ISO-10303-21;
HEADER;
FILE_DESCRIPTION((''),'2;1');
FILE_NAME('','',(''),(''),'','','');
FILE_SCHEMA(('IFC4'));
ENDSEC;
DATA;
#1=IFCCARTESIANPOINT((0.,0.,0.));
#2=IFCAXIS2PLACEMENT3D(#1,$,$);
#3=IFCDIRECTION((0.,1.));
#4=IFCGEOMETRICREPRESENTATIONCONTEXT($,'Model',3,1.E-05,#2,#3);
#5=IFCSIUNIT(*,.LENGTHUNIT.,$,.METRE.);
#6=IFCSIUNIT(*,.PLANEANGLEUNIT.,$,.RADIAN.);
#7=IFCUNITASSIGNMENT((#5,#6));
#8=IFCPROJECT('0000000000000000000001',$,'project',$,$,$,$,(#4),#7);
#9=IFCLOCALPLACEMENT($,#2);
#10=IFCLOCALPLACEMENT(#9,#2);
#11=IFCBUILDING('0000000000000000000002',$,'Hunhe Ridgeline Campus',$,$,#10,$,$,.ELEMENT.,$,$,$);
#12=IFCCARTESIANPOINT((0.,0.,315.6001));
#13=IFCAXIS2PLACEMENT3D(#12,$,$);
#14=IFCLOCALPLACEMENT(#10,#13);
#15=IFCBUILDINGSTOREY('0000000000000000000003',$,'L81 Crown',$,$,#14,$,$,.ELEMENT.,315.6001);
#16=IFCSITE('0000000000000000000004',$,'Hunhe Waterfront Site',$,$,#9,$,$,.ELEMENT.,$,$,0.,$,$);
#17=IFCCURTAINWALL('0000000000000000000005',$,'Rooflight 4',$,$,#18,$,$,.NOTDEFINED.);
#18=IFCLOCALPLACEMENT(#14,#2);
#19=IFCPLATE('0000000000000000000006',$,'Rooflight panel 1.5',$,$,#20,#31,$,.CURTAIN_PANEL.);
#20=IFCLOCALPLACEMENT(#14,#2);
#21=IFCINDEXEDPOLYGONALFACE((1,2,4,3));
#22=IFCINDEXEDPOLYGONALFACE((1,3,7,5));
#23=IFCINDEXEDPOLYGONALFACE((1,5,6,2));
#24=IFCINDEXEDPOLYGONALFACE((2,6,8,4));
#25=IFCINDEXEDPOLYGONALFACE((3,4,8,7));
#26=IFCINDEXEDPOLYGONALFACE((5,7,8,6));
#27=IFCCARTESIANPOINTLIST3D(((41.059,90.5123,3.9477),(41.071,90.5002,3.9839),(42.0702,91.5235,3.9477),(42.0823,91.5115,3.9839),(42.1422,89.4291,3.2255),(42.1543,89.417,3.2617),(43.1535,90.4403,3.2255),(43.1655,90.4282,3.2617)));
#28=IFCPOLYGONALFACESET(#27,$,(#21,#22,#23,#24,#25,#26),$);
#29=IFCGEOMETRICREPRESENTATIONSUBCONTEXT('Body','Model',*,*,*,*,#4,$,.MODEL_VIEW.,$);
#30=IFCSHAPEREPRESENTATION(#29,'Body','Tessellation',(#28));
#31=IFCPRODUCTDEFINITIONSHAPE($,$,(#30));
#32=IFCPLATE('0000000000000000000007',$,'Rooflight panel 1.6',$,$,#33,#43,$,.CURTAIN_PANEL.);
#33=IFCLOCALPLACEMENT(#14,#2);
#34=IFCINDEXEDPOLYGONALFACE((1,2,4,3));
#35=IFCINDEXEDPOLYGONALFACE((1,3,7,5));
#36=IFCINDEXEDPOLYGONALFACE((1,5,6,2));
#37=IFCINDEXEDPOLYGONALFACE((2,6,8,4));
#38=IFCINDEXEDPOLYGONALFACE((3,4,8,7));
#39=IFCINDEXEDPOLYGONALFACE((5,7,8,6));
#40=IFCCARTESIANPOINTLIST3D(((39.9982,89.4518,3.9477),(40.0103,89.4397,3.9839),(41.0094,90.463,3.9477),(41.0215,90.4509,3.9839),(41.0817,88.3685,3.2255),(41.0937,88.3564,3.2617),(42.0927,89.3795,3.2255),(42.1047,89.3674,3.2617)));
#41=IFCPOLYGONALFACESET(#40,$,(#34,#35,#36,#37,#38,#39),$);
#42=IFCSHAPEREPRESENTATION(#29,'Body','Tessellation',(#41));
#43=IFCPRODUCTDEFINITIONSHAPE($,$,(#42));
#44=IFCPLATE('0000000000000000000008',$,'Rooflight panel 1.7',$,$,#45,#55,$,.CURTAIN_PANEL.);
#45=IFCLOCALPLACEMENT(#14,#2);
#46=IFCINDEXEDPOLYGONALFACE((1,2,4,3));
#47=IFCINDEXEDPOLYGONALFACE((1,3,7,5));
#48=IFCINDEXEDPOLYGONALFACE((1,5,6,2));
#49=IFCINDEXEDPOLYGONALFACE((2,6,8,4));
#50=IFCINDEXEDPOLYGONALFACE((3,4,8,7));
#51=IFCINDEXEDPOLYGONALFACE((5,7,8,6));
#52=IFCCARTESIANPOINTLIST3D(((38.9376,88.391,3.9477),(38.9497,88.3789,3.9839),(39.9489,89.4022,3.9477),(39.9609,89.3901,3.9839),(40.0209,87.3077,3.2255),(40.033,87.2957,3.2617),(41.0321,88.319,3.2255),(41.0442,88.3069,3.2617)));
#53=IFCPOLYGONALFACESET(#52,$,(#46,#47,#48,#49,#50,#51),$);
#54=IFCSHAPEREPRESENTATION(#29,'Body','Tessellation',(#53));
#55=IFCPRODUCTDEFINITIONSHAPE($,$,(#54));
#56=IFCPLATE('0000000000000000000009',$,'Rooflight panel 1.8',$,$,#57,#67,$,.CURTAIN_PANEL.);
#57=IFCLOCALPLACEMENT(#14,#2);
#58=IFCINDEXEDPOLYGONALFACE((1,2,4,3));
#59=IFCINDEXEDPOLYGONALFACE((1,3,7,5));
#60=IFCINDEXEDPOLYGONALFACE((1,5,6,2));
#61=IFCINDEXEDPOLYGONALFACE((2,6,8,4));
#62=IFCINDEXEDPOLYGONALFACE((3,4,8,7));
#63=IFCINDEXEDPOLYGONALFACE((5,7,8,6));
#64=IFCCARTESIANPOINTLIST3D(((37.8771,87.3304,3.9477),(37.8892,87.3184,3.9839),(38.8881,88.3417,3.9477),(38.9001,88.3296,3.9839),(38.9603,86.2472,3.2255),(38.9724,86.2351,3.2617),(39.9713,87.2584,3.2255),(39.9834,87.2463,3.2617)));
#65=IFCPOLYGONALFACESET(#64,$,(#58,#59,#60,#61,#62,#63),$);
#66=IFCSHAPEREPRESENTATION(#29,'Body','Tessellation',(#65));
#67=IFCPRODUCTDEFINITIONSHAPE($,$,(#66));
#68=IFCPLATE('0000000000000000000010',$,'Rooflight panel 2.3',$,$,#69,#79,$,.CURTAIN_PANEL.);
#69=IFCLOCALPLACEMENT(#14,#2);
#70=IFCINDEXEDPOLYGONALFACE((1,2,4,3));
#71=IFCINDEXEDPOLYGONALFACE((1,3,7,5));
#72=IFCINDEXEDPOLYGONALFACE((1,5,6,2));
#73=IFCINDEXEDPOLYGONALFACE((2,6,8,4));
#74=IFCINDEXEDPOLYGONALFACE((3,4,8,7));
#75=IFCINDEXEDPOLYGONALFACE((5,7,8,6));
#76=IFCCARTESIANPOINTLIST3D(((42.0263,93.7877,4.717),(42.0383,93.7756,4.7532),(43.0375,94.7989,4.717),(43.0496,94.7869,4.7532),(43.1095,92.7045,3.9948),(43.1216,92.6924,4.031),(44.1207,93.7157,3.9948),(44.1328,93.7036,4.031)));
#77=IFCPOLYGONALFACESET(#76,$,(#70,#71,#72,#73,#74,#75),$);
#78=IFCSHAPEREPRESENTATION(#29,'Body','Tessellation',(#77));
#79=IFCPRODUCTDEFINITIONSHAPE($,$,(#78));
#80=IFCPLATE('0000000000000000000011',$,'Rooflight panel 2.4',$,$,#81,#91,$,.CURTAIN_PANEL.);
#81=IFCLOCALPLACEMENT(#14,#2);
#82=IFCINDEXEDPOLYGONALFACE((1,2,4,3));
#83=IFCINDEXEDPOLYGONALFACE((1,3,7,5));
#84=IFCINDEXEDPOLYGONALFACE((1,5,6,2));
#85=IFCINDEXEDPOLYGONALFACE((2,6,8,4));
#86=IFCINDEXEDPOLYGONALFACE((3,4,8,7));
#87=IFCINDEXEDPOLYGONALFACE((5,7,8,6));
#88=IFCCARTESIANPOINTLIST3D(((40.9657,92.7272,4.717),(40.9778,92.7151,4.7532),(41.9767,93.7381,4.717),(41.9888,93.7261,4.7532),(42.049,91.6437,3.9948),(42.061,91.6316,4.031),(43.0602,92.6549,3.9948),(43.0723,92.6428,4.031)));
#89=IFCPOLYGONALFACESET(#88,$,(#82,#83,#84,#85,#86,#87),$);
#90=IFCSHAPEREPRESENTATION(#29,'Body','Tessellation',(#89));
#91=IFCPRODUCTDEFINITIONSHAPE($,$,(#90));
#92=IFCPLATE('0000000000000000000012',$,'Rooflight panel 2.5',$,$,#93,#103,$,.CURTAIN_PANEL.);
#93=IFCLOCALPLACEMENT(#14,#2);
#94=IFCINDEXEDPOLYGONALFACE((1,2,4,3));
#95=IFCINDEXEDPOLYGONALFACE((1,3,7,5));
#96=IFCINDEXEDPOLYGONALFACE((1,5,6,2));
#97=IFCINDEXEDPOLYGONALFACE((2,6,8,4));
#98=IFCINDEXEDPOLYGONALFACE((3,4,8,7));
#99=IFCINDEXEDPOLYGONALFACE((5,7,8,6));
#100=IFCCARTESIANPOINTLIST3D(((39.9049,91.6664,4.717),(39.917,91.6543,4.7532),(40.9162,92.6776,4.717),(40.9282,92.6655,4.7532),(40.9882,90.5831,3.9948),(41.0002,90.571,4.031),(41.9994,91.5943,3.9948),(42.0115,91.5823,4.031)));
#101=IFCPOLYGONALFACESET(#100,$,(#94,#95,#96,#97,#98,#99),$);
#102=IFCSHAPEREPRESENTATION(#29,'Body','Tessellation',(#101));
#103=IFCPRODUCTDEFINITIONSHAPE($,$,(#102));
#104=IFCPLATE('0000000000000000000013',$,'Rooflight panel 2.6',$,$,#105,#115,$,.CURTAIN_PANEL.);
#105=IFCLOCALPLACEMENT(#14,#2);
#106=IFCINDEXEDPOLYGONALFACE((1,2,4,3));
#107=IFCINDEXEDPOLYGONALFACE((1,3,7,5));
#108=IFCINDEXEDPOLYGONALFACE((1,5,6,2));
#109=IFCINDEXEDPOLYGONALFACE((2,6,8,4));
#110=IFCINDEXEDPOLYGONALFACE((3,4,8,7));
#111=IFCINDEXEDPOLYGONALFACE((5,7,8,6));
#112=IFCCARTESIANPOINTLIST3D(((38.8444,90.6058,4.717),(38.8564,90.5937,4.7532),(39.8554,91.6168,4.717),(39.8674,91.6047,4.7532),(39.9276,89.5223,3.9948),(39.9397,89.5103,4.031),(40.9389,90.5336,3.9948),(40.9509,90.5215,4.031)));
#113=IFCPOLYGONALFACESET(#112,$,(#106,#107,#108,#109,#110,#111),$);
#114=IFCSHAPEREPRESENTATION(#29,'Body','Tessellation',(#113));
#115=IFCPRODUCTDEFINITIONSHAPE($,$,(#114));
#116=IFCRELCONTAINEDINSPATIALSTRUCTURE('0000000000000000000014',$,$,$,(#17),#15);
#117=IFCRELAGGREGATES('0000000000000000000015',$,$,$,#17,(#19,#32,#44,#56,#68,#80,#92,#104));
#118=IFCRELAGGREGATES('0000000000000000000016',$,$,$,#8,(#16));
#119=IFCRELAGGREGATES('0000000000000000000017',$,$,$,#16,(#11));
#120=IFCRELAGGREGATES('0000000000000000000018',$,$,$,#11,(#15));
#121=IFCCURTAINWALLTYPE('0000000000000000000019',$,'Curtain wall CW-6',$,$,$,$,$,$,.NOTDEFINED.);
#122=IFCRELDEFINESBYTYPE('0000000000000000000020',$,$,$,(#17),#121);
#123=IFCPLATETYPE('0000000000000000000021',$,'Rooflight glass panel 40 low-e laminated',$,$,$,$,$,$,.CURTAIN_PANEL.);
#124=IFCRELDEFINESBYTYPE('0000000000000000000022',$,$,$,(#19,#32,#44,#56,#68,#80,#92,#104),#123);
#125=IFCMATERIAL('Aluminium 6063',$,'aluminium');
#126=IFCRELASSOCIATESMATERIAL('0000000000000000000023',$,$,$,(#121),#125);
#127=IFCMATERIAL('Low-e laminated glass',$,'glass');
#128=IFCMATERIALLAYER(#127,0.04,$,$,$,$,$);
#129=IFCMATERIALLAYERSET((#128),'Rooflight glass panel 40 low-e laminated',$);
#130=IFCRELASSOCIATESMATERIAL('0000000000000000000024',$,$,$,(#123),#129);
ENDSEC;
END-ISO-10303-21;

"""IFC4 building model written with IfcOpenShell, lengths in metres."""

from ifc_helpers import new_model, si_unit, direction, frame, origin, place, context, subcontext, project, spatial, polyline, outline, extrude, material, layer, layer_set, type_object, element, aggregate, save


model = new_model("IFC4")

# Units and contexts
model_context = context("Model", 3, precision=1e-05, world=origin(), true_north=direction((0.0, 1.0)))
body_context = subcontext(model_context, "Body", "Model", "MODEL_VIEW")
ifc_project = project(units=[si_unit("LENGTHUNIT", "METRE"), si_unit("PLANEANGLEUNIT", "RADIAN")], contexts=[model_context])

# Site, building, storey
site_placement = place(None, origin())
site = spatial("IfcSite", under=ifc_project, at=site_placement, Name="Hunhe Waterfront Site", CompositionType="ELEMENT", RefElevation=0.0)
building_placement = place(site_placement, origin())
building = spatial("IfcBuilding", under=site, at=building_placement, Name="Hunhe Ridgeline Campus", CompositionType="ELEMENT")
storey_placement = place(building_placement, frame((0.0, 0.0, 315.6001)))
storey = spatial("IfcBuildingStorey", under=building, at=storey_placement, Name="L81 Crown", CompositionType="ELEMENT", Elevation=315.6001)

# Curtain wall
ifc_material_1 = material(Name="Aluminium 6063", Category="aluminium")
curtain_wall_type = type_object("IfcCurtainWallType", Name="Curtain wall CW-6", PredefinedType="NOTDEFINED", material=ifc_material_1)
curtain_wall_1_placement = place(storey_placement, origin())
curtain_wall_1 = element("IfcCurtainWall", 1, at=curtain_wall_1_placement, inside=storey, type_object=curtain_wall_type, Name="Rooflight 4", PredefinedType="NOTDEFINED")

# Plates
ifc_material_2 = material(Name="Low-e laminated glass", Category="glass")
ifc_layer = layer(ifc_material_2, 0.04)
ifc_layer_set = layer_set([ifc_layer], Name="Rooflight glass panel 40 low-e laminated")
plate_type = type_object("IfcPlateType", Name="Rooflight glass panel 40 low-e laminated", PredefinedType="CURTAIN_PANEL", material=ifc_layer_set)
plate_1_placement = place(storey_placement, frame((43.1655, 90.4282, 3.2617), z_axis=(0.301511, -0.301511, 0.904534), x_axis=(-0.639602, 0.639602, 0.426401)))
plate_1 = element("IfcPlate", 2, at=plate_1_placement, type_object=plate_type, Name="Rooflight panel 1.5", PredefinedType="CURTAIN_PANEL", context=body_context, shape_type="SweptSolid", body=[
    extrude(outline(polyline([(0.0, 0.0), (1.6936, 0.0), (1.6936, 1.4301), (0.0, 1.4301), (0.0, 0.0)])), origin(), (0.0, 0.0, -1.0), 0.04),
])
plate_2_placement = place(storey_placement, frame((42.1047, 89.3674, 3.2617), z_axis=(0.301484, -0.301484, 0.904553), x_axis=(-0.639543, 0.639687, 0.426362)))
plate_2 = element("IfcPlate", 3, at=plate_2_placement, type_object=plate_type, Name="Rooflight panel 1.6", PredefinedType="CURTAIN_PANEL", context=body_context, shape_type="SweptSolid", body=[
    extrude(outline(polyline([(0.0, 0.0), (1.6938, 0.0), (1.6936, 1.4301), (-0.0001, 1.4298), (0.0, 0.0)])), origin(), (0.0, 0.0, -1.0), 0.04),
])
plate_3_placement = place(storey_placement, frame((41.0442, 88.3069, 3.2617), z_axis=(0.301511, -0.301511, 0.904534), x_axis=(-0.639602, 0.639602, 0.426401)))
plate_3 = element("IfcPlate", 4, at=plate_3_placement, type_object=plate_type, Name="Rooflight panel 1.7", PredefinedType="CURTAIN_PANEL", context=body_context, shape_type="SweptSolid", body=[
    extrude(outline(polyline([(0.0, 0.0), (1.6936, 0.0), (1.6936, 1.4301), (0.0, 1.4301), (0.0, 0.0)])), origin(), (0.0, 0.0, -1.0), 0.04),
])
plate_4_placement = place(storey_placement, frame((39.9834, 87.2463, 3.2617), z_axis=(0.301548, -0.301475, 0.904534), x_axis=(-0.639602, 0.639602, 0.426401)))
plate_4 = element("IfcPlate", 5, at=plate_4_placement, type_object=plate_type, Name="Rooflight panel 1.8", PredefinedType="CURTAIN_PANEL", context=body_context, shape_type="SweptSolid", body=[
    extrude(outline(polyline([(0.0, 0.0), (1.6936, 0.0), (1.6935, 1.4299), (-0.0002, 1.4299), (0.0, 0.0)])), origin(), (0.0, 0.0, -1.0), 0.04),
])
plate_5_placement = place(storey_placement, frame((44.1328, 93.7036, 4.031), z_axis=(0.301511, -0.301511, 0.904534), x_axis=(-0.639602, 0.639602, 0.426401)))
plate_5 = element("IfcPlate", 6, at=plate_5_placement, type_object=plate_type, Name="Rooflight panel 2.3", PredefinedType="CURTAIN_PANEL", context=body_context, shape_type="SweptSolid", body=[
    extrude(outline(polyline([(0.0, 0.0), (1.6936, 0.0), (1.6936, 1.4301), (0.0, 1.4301), (0.0, 0.0)])), origin(), (0.0, 0.0, -1.0), 0.04),
])
plate_6_placement = place(storey_placement, frame((43.0723, 92.6428, 4.031), z_axis=(0.301484, -0.301484, 0.904553), x_axis=(-0.639687, 0.639543, 0.426362)))
plate_6 = element("IfcPlate", 7, at=plate_6_placement, type_object=plate_type, Name="Rooflight panel 2.4", PredefinedType="CURTAIN_PANEL", context=body_context, shape_type="SweptSolid", body=[
    extrude(outline(polyline([(0.0, 0.0), (1.6938, 0.0), (1.6939, 1.4298), (0.0001, 1.4301), (0.0, 0.0)])), origin(), (0.0, 0.0, -1.0), 0.04),
])
plate_7_placement = place(storey_placement, frame((42.0115, 91.5823, 4.031), z_axis=(0.301511, -0.301511, 0.904534), x_axis=(-0.639602, 0.639602, 0.426401)))
plate_7 = element("IfcPlate", 8, at=plate_7_placement, type_object=plate_type, Name="Rooflight panel 2.5", PredefinedType="CURTAIN_PANEL", context=body_context, shape_type="SweptSolid", body=[
    extrude(outline(polyline([(0.0, 0.0), (1.6936, 0.0), (1.6936, 1.4301), (0.0, 1.4301), (0.0, 0.0)])), origin(), (0.0, 0.0, -1.0), 0.04),
])
plate_8_placement = place(storey_placement, frame((40.9509, 90.5215, 4.031), z_axis=(0.301484, -0.301484, 0.904553), x_axis=(-0.639687, 0.639543, 0.426362)))
plate_8 = element("IfcPlate", 9, at=plate_8_placement, type_object=plate_type, Name="Rooflight panel 2.6", PredefinedType="CURTAIN_PANEL", context=body_context, shape_type="SweptSolid", body=[
    extrude(outline(polyline([(0.0, 0.0), (1.6938, 0.0), (1.6939, 1.4298), (0.0001, 1.4301), (0.0, 0.0)])), origin(), (0.0, 0.0, -1.0), 0.04),
])
aggregate(curtain_wall_1, [plate_1, plate_2, plate_3, plate_4, plate_5, plate_6, plate_7, plate_8])

save(model, "model.ifc")
